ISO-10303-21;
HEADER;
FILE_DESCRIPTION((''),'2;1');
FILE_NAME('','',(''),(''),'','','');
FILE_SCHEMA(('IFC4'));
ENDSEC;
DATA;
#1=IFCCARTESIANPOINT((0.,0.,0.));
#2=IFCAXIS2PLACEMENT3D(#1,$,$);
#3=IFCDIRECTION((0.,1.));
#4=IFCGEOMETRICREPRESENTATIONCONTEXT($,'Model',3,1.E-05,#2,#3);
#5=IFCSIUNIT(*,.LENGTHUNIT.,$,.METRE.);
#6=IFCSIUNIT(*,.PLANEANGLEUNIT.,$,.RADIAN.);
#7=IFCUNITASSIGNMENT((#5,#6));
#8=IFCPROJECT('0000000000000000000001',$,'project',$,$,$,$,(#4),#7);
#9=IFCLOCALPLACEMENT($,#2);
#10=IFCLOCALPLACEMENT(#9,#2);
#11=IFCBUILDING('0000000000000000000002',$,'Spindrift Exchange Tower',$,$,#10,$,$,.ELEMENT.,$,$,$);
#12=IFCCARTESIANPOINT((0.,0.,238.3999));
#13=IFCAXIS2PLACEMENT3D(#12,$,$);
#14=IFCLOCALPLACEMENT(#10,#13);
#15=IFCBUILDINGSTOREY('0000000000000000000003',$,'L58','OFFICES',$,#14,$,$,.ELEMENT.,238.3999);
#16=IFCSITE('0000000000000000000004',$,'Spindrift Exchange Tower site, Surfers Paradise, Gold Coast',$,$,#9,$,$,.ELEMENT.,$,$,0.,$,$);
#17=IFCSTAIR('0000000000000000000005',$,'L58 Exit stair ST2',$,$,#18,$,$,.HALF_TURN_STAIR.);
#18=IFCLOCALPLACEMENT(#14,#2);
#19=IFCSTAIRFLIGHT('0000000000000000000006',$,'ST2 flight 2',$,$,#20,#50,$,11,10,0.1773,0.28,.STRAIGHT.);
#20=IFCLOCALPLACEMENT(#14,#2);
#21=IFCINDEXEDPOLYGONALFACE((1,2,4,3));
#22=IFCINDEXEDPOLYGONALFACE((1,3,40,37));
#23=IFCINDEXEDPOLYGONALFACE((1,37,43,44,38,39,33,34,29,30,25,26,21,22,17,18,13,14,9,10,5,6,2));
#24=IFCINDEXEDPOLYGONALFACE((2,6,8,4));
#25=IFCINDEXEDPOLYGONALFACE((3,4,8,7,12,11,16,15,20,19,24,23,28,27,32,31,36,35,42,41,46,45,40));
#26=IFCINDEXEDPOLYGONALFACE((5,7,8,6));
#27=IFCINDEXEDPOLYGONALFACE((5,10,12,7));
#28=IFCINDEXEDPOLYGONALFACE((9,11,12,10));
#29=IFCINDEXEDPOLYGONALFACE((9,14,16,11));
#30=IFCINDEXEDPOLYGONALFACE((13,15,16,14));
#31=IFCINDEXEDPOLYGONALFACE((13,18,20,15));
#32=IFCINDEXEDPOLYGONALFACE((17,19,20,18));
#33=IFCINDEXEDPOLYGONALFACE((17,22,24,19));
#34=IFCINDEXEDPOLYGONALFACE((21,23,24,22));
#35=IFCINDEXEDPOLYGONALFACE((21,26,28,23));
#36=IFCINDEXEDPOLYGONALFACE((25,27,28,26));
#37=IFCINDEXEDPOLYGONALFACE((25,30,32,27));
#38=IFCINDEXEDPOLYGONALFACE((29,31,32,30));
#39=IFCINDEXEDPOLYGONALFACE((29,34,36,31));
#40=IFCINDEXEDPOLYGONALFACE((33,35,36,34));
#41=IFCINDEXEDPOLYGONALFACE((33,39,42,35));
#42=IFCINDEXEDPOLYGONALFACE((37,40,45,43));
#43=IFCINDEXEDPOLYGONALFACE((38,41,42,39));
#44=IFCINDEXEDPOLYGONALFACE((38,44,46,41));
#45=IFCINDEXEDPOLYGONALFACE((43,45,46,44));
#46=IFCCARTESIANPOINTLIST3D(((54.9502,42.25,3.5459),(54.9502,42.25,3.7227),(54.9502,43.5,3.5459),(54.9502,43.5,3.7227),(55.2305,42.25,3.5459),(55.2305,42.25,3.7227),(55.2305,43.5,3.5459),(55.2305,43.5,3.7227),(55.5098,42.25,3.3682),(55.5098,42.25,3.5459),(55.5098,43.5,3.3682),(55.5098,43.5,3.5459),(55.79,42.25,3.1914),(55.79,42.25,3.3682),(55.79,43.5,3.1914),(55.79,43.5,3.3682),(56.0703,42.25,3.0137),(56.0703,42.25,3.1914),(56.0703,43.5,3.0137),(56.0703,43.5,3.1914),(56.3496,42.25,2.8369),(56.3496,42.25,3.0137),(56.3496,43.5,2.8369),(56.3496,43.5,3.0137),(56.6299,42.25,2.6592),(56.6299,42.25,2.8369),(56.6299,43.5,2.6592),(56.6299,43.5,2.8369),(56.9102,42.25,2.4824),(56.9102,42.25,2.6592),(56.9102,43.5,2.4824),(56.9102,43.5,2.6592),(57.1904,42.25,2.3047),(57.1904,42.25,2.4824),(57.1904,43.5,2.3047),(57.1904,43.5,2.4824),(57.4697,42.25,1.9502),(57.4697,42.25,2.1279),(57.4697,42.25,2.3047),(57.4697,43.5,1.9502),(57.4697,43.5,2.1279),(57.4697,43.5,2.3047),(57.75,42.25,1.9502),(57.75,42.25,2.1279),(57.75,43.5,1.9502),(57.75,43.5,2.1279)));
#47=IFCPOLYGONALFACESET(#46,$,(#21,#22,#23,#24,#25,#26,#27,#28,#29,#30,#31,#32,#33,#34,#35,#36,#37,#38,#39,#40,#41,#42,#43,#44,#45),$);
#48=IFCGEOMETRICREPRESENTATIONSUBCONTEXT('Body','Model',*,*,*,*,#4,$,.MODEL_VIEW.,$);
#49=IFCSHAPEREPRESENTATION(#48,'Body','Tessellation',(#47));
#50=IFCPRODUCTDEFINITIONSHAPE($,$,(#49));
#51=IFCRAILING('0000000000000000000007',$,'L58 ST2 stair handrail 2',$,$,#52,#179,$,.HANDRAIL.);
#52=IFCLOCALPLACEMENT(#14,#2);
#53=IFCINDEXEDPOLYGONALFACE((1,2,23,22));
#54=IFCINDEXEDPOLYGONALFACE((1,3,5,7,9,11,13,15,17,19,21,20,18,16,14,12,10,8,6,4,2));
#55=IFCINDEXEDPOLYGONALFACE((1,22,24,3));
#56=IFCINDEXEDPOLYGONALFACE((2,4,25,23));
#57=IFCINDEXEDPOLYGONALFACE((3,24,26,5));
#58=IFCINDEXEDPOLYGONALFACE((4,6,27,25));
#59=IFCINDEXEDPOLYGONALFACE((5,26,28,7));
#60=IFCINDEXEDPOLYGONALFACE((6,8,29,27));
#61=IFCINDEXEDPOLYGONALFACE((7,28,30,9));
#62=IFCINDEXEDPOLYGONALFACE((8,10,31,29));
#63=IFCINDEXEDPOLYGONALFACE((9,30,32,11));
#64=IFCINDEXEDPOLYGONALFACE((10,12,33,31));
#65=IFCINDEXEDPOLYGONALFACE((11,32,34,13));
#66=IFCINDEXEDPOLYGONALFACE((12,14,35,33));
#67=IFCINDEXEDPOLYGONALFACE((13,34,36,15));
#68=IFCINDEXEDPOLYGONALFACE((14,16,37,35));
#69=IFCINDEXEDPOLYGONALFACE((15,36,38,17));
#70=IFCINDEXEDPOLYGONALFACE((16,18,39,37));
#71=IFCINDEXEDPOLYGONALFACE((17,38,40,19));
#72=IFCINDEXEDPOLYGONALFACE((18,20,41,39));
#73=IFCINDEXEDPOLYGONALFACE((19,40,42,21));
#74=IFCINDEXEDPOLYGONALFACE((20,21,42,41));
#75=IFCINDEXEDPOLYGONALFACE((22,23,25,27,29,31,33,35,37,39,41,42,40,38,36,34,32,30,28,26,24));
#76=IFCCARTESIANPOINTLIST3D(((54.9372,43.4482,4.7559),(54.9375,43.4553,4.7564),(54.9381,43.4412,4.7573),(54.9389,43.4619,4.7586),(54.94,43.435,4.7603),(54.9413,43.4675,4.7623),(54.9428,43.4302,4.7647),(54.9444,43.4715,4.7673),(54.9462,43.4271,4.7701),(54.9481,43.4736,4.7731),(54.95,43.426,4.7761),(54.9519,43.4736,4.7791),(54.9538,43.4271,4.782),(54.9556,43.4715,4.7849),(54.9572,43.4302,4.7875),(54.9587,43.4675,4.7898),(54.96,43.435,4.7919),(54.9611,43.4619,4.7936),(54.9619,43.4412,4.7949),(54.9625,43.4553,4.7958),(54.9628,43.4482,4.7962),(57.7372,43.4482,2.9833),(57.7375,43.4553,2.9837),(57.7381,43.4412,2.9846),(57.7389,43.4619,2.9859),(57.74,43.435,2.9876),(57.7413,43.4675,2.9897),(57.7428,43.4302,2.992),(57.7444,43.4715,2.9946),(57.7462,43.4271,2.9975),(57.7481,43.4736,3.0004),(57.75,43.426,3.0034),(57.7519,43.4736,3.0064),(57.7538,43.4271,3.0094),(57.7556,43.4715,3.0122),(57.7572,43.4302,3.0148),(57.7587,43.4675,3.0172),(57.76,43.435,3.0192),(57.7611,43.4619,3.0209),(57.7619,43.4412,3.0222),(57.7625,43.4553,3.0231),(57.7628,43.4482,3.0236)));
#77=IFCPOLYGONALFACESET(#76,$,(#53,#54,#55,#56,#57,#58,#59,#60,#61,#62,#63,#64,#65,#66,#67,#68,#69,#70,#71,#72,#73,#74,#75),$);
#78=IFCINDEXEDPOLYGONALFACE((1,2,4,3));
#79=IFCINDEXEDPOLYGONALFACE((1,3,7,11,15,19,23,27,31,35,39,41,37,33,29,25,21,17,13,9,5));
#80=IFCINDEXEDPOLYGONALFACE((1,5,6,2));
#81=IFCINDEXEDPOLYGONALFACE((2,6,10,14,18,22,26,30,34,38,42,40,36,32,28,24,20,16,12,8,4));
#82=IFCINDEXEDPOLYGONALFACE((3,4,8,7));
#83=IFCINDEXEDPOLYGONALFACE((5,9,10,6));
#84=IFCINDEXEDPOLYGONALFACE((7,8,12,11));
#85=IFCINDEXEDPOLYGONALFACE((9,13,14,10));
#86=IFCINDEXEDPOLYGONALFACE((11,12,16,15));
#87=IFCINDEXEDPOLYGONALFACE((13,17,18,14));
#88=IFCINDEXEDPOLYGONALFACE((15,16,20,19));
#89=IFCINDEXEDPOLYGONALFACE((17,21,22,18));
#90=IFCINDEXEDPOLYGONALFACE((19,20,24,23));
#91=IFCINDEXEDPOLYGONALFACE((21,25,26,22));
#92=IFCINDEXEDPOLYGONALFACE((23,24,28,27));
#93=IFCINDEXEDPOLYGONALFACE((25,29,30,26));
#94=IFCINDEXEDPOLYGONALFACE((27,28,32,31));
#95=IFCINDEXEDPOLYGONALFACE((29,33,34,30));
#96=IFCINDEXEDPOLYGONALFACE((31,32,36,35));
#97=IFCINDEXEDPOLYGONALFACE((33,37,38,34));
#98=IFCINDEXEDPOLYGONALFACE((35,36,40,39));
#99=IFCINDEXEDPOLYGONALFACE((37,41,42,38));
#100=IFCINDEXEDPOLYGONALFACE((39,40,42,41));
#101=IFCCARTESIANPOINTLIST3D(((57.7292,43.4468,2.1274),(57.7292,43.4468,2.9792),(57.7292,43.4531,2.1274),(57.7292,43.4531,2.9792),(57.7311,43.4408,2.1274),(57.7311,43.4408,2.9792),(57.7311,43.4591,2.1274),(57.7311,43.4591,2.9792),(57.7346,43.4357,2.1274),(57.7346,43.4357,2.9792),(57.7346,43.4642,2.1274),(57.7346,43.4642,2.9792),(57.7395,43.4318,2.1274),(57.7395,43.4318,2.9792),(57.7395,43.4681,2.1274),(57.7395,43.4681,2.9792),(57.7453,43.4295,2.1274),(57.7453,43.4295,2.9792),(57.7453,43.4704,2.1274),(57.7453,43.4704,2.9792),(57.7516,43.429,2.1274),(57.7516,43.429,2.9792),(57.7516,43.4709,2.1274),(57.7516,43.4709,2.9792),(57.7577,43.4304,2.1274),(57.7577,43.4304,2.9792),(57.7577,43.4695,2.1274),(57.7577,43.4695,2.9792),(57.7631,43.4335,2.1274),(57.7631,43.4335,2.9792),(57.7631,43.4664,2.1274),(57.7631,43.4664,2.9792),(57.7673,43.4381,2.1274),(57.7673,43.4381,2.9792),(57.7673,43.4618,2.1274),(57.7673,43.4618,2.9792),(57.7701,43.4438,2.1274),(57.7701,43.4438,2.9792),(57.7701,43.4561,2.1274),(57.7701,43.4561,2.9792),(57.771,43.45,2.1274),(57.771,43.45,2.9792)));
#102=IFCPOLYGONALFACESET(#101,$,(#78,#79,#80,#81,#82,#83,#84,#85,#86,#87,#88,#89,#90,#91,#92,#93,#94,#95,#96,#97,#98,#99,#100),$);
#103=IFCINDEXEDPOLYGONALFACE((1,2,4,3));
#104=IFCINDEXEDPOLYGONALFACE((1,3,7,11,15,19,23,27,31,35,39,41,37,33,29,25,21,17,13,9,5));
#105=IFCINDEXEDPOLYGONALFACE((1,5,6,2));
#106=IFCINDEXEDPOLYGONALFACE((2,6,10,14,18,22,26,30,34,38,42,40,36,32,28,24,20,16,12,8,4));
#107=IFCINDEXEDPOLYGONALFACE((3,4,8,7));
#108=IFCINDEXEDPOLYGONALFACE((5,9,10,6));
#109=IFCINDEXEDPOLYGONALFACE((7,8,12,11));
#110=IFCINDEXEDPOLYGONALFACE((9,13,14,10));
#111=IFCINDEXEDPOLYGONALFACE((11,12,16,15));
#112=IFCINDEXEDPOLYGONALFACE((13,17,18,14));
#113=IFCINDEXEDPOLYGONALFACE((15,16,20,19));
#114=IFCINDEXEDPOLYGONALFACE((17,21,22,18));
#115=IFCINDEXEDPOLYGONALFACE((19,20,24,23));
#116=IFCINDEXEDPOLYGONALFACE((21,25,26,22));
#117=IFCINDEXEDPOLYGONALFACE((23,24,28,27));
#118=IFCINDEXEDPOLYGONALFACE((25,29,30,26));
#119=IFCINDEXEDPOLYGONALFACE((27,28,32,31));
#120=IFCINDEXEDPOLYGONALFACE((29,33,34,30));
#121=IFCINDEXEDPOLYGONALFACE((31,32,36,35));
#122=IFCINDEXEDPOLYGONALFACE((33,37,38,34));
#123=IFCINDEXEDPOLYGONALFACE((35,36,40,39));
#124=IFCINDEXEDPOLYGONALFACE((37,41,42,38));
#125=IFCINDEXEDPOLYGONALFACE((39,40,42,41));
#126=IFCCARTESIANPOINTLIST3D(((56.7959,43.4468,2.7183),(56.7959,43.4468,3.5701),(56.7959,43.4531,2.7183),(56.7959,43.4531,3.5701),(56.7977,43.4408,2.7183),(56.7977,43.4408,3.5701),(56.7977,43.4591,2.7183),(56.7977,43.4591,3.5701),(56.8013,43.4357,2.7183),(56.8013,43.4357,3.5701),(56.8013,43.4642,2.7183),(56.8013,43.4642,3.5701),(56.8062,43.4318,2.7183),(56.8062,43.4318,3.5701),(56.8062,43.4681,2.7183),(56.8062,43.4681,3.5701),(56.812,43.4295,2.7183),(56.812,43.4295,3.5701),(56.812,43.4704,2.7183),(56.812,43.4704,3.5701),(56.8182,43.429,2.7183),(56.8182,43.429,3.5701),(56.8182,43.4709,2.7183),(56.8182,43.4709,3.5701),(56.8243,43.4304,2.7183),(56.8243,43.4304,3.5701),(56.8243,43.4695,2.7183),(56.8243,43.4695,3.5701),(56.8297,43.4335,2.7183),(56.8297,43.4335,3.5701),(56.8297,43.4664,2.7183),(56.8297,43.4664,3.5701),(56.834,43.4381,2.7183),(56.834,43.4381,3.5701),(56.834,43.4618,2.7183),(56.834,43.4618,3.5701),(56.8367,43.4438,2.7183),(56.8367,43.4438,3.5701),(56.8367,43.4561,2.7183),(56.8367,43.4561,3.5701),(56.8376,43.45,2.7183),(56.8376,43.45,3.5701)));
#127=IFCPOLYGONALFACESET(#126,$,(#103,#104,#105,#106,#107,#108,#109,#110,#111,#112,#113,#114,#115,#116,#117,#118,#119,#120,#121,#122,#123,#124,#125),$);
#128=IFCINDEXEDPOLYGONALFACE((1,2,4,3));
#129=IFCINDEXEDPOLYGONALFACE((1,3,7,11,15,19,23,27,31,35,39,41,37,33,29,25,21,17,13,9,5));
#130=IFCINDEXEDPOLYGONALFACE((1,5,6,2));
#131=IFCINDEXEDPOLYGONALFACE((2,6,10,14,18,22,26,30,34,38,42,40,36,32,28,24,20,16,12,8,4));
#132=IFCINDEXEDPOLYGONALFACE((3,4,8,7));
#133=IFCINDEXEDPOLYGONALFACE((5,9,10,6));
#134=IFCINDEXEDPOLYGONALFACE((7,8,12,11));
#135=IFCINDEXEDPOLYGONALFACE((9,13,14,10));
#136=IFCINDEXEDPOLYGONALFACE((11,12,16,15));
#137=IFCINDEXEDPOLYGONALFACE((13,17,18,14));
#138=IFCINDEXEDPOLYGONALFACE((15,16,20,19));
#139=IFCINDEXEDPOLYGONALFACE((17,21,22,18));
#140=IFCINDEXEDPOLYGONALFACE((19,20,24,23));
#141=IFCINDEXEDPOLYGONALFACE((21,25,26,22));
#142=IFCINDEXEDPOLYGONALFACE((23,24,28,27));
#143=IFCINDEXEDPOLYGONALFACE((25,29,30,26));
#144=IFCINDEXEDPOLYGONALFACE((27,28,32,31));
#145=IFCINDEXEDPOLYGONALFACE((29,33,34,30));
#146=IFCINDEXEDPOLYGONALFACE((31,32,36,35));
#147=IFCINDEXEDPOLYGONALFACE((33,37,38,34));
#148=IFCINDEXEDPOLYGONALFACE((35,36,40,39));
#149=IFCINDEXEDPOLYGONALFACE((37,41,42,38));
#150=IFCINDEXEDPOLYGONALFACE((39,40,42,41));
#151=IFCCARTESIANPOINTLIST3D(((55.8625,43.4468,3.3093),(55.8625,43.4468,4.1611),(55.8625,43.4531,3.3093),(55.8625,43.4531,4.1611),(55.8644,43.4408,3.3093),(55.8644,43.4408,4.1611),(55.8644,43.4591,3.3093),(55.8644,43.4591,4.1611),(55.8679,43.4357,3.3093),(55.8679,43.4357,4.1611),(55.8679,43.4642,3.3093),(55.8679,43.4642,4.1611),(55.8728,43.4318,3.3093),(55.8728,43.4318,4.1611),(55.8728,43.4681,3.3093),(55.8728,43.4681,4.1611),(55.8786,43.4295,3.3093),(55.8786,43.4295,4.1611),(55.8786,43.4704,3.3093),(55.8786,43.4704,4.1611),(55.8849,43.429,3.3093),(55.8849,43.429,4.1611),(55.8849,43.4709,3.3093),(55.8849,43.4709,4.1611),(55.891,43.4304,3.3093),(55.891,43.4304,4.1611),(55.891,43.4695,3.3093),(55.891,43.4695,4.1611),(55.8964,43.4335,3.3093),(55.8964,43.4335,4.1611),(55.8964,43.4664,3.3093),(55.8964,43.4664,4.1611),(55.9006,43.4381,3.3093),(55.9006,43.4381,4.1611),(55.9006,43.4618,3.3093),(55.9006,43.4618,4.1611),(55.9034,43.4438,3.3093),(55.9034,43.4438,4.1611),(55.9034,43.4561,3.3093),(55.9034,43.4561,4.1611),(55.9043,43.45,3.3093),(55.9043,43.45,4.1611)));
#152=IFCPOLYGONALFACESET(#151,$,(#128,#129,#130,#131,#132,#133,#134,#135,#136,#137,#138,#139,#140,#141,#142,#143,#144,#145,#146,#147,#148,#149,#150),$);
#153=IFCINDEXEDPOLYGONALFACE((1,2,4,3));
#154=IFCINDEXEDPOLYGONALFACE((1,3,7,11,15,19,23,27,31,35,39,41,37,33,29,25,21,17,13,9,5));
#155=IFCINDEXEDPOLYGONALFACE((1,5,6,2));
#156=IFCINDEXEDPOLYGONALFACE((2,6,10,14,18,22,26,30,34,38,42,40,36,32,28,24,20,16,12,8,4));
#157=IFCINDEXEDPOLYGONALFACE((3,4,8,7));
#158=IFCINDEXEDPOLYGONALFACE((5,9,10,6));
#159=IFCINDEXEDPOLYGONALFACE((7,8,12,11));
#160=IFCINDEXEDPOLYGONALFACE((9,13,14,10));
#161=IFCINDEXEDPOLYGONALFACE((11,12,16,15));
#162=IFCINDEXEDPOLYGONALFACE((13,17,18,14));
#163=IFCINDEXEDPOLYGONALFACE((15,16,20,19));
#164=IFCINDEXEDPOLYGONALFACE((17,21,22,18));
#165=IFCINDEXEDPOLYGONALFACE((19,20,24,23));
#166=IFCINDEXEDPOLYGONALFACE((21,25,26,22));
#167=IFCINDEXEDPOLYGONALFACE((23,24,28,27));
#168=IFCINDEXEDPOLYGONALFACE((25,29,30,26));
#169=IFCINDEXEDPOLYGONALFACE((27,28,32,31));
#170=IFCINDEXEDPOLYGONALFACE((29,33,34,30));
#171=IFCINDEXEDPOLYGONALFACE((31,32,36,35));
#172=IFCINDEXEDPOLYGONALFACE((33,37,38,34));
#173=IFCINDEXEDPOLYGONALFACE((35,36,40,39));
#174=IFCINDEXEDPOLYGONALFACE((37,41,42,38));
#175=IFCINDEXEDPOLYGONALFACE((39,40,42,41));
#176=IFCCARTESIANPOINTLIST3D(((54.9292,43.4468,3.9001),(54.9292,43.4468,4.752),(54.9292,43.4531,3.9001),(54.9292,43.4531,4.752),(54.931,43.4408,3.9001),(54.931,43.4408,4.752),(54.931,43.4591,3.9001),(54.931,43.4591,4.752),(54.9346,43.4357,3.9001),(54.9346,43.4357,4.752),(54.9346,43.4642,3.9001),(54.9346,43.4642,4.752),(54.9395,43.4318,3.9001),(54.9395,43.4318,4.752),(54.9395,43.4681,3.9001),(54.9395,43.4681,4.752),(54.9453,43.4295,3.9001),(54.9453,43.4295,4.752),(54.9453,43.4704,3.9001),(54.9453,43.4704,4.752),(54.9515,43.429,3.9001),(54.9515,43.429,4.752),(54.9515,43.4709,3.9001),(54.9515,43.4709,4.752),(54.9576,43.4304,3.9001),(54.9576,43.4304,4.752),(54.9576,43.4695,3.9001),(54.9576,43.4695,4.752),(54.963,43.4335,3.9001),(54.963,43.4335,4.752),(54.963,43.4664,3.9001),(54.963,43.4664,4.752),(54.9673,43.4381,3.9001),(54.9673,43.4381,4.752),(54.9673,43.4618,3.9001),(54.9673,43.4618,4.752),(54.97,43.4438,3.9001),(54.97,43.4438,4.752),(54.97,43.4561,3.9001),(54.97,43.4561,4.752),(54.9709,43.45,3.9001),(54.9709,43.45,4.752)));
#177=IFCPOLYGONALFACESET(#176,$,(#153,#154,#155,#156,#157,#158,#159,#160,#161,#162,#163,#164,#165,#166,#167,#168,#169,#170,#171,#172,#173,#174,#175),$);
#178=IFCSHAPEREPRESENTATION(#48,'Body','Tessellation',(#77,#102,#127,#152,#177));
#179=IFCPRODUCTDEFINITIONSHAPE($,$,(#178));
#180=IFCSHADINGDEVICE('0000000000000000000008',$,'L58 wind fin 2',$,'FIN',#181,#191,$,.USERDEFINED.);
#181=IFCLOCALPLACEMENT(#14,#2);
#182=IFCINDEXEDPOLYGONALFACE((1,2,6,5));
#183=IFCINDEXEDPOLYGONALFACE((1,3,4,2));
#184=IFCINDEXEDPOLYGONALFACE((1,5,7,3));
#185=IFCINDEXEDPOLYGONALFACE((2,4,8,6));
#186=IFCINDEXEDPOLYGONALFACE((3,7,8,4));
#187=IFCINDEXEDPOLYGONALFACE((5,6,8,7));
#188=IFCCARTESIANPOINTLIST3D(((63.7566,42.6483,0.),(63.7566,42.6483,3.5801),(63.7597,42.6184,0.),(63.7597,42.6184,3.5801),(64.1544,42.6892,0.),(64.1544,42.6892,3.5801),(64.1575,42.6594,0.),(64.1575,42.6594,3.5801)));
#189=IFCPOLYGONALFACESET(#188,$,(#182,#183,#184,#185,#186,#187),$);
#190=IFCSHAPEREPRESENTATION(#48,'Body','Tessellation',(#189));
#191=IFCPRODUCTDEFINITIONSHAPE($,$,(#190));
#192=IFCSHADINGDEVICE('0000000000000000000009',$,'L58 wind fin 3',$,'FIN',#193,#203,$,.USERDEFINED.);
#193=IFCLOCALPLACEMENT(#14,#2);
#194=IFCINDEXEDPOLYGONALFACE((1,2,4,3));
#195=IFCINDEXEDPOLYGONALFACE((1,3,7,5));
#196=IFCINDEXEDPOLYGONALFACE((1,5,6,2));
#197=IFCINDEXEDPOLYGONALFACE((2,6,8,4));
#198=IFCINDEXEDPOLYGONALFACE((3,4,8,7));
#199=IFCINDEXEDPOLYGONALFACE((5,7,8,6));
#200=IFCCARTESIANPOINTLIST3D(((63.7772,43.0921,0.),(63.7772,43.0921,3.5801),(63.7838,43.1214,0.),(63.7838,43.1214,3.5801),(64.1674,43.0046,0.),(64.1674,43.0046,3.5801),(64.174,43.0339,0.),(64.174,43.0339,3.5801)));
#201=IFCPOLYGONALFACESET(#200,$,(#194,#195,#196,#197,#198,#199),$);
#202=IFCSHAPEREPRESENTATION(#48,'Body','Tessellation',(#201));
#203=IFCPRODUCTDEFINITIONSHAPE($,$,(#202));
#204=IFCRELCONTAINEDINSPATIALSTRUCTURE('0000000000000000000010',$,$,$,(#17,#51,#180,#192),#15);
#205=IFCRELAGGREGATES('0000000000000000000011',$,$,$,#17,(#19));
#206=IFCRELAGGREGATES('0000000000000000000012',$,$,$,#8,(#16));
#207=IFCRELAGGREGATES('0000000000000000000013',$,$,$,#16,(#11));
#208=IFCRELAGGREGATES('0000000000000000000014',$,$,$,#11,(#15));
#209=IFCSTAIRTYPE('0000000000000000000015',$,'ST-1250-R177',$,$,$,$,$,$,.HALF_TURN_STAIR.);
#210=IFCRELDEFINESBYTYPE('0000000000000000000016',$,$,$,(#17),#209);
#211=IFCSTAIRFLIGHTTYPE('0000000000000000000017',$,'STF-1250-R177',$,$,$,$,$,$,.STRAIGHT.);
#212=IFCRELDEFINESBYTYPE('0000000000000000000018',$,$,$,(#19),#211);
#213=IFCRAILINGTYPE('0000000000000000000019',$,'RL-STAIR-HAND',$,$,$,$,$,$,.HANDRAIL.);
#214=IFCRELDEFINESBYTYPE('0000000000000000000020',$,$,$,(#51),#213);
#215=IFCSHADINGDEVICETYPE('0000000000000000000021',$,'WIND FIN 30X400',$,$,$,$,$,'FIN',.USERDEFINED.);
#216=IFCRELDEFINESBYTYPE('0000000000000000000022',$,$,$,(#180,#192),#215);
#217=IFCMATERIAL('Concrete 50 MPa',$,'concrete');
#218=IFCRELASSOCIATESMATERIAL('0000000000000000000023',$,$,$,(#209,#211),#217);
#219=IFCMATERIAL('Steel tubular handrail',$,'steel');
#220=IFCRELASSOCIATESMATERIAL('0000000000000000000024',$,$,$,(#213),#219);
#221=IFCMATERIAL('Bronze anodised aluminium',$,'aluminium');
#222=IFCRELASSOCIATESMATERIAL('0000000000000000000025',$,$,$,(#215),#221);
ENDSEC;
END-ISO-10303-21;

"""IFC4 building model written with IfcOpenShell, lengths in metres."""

from ifc_helpers import new_model, si_unit, direction, frame, origin, origin_2d, place, context, subcontext, project, spatial, line, indexed_curve, rectangle, circle, outline, extrude, source, transform, mapped, material, material_profile, profile_set, type_object, element, aggregate, save


model = new_model("IFC4")

# Units and contexts
model_context = context("Model", 3, precision=1e-05, world=origin(), true_north=direction((0.0, 1.0)))
body_context = subcontext(model_context, "Body", "Model", "MODEL_VIEW")
ifc_project = project(units=[si_unit("LENGTHUNIT", "METRE"), si_unit("PLANEANGLEUNIT", "RADIAN")], contexts=[model_context])

# Site, building, storey
site_placement = place(None, origin())
site = spatial("IfcSite", under=ifc_project, at=site_placement, Name="Spindrift Exchange Tower site, Surfers Paradise, Gold Coast", CompositionType="ELEMENT", RefElevation=0.0)
building_placement = place(site_placement, origin())
building = spatial("IfcBuilding", under=site, at=building_placement, Name="Spindrift Exchange Tower", CompositionType="ELEMENT")
storey_placement = place(building_placement, frame((0.0, 0.0, 238.3999)))
storey = spatial("IfcBuildingStorey", under=building, at=storey_placement, Name="L58", Description="OFFICES", CompositionType="ELEMENT", Elevation=238.3999)

# Shared definitions
ifc_material_1 = material(Name="Bronze anodised aluminium", Category="aluminium")

# Stair, stair flight
ifc_material_2 = material(Name="Concrete 50 MPa", Category="concrete")
stair_type = type_object("IfcStairType", Name="ST-1250-R177", PredefinedType="HALF_TURN_STAIR", material=ifc_material_2)
stair_placement = place(storey_placement, origin())
stair = element("IfcStair", 1, at=stair_placement, inside=storey, type_object=stair_type, Name="L58 Exit stair ST2", PredefinedType="HALF_TURN_STAIR")
stair_flight_type = type_object("IfcStairFlightType", Name="STF-1250-R177", PredefinedType="STRAIGHT", material=ifc_material_2)
stair_flight_placement = place(storey_placement, frame((57.75, 42.875, 1.9502), z_axis=(0.0, 0.0, 1.0), x_axis=(-1.0, 0.0, 0.0)))
stair_flight = element("IfcStairFlight", 2, at=stair_flight_placement, type_object=stair_flight_type, Name="ST2 flight 2", NumberOfRisers=11, NumberOfTreads=10, PredefinedType="STRAIGHT", RiserHeight=0.1773, TreadLength=0.28, context=body_context, shape_type="SweptSolid", body=[
    extrude(outline(indexed_curve([(0.0, 0.0), (0.0, 0.1777), (0.2803, 0.1777), (0.2803, 0.3545), (0.5596, 0.3545), (0.5596, 0.5322), (0.8398, 0.5322), (0.8398, 0.709), (1.1201, 0.709), (1.1201, 0.8867), (1.4004, 0.8867), (1.4004, 1.0635), (1.6797, 1.0635), (1.6797, 1.2412), (1.96, 1.2412), (1.96, 1.418), (2.2402, 1.418), (2.2402, 1.5957), (2.5195, 1.5957), (2.5195, 1.7725), (2.7998, 1.7725), (2.7998, 1.9502), (2.7998, 1.5957), (0.2803, 0.0)], segments=[line(1, 2, 3, 4, 5, 6, 7, 8, 9, 10, 11, 12, 13, 14, 15, 16, 17, 18, 19, 20, 21, 22, 23, 24, 1)], self_intersect=False)), frame((0.0, 0.625, 0.0), z_axis=(0.0, -1.0, 0.0), x_axis=(1.0, 0.0, 0.0)), (0.0, 0.0, 1.0), 1.25),
])
aggregate(stair, [stair_flight])

# Railing
ifc_material_3 = material(Name="Steel tubular handrail", Category="steel")
railing_type = type_object("IfcRailingType", Name="RL-STAIR-HAND", PredefinedType="HANDRAIL", material=ifc_material_3)
railing_placement = place(storey_placement, frame((57.75, 43.45, 2.1274)))
element("IfcRailing", 3, at=railing_placement, inside=storey, type_object=railing_type, Name="L58 ST2 stair handrail 2", PredefinedType="HANDRAIL", context=body_context, shape_type="SweptSolid", body=[
    extrude(circle(Radius=0.0239, at=origin_2d()), frame((0.0, 0.0, 0.876), z_axis=(-0.844909, 0.0, 0.53491), x_axis=(0.0, -1.0, 0.0)), (0.0, 0.0, 1.0), 3.314),
    extrude(circle(Radius=0.021, at=origin_2d()), origin(), (0.0, 0.0, 1.0), 0.8518),
    extrude(circle(Radius=0.021, at=origin_2d()), frame((-0.9333, 0.0, 0.5908)), (0.0, 0.0, 1.0), 0.8518),
    extrude(circle(Radius=0.021, at=origin_2d()), frame((-1.8667, 0.0, 1.1819)), (0.0, 0.0, 1.0), 0.8518),
    extrude(circle(Radius=0.021, at=origin_2d()), frame((-2.8, 0.0, 1.7727)), (0.0, 0.0, 1.0), 0.8518),
])

# Shading devices
ifc_material_profile_1 = material_profile(ifc_material_1, rectangle(XDim=0.03, YDim=0.3999, at=origin_2d()), Name="WIND FIN 30X400")
ifc_profile_set_1 = profile_set([ifc_material_profile_1], Name="Bronze anodised aluminium")
shading_device_type = type_object("IfcShadingDeviceType", Name="WIND FIN 30X400", ElementType="FIN", PredefinedType="USERDEFINED", material=ifc_profile_set_1)
shared_shape_1 = source(origin(), body_context, "Body", "SweptSolid", [
    extrude(rectangle(XDim=0.03, YDim=0.3999, at=origin_2d()), origin(), (0.0, 0.0, 1.0), 3.5801),
])
for number, where, z_axis, x_axis, name in (
    (4, (63.957, 42.6538, 0.0), (0.0, 0.0, 1.0), (-0.102494, 0.994734, 0.0), "L58 wind fin 2"),
    (5, (63.9756, 43.063, 0.0), (0.0, 0.0, 1.0), (0.218624, 0.975809, 0.0), "L58 wind fin 3"),
):
    element("IfcShadingDevice", number, at=place(storey_placement, frame(where, z_axis=z_axis, x_axis=x_axis)), inside=storey, type_object=shading_device_type, Name=name, ObjectType="FIN", PredefinedType="USERDEFINED", context=body_context, shape_type="MappedRepresentation", body=[
        mapped(shared_shape_1, transform((0.0, 0.0, 0.0), scale=1.0)),
    ])

save(model, "model.ifc")
